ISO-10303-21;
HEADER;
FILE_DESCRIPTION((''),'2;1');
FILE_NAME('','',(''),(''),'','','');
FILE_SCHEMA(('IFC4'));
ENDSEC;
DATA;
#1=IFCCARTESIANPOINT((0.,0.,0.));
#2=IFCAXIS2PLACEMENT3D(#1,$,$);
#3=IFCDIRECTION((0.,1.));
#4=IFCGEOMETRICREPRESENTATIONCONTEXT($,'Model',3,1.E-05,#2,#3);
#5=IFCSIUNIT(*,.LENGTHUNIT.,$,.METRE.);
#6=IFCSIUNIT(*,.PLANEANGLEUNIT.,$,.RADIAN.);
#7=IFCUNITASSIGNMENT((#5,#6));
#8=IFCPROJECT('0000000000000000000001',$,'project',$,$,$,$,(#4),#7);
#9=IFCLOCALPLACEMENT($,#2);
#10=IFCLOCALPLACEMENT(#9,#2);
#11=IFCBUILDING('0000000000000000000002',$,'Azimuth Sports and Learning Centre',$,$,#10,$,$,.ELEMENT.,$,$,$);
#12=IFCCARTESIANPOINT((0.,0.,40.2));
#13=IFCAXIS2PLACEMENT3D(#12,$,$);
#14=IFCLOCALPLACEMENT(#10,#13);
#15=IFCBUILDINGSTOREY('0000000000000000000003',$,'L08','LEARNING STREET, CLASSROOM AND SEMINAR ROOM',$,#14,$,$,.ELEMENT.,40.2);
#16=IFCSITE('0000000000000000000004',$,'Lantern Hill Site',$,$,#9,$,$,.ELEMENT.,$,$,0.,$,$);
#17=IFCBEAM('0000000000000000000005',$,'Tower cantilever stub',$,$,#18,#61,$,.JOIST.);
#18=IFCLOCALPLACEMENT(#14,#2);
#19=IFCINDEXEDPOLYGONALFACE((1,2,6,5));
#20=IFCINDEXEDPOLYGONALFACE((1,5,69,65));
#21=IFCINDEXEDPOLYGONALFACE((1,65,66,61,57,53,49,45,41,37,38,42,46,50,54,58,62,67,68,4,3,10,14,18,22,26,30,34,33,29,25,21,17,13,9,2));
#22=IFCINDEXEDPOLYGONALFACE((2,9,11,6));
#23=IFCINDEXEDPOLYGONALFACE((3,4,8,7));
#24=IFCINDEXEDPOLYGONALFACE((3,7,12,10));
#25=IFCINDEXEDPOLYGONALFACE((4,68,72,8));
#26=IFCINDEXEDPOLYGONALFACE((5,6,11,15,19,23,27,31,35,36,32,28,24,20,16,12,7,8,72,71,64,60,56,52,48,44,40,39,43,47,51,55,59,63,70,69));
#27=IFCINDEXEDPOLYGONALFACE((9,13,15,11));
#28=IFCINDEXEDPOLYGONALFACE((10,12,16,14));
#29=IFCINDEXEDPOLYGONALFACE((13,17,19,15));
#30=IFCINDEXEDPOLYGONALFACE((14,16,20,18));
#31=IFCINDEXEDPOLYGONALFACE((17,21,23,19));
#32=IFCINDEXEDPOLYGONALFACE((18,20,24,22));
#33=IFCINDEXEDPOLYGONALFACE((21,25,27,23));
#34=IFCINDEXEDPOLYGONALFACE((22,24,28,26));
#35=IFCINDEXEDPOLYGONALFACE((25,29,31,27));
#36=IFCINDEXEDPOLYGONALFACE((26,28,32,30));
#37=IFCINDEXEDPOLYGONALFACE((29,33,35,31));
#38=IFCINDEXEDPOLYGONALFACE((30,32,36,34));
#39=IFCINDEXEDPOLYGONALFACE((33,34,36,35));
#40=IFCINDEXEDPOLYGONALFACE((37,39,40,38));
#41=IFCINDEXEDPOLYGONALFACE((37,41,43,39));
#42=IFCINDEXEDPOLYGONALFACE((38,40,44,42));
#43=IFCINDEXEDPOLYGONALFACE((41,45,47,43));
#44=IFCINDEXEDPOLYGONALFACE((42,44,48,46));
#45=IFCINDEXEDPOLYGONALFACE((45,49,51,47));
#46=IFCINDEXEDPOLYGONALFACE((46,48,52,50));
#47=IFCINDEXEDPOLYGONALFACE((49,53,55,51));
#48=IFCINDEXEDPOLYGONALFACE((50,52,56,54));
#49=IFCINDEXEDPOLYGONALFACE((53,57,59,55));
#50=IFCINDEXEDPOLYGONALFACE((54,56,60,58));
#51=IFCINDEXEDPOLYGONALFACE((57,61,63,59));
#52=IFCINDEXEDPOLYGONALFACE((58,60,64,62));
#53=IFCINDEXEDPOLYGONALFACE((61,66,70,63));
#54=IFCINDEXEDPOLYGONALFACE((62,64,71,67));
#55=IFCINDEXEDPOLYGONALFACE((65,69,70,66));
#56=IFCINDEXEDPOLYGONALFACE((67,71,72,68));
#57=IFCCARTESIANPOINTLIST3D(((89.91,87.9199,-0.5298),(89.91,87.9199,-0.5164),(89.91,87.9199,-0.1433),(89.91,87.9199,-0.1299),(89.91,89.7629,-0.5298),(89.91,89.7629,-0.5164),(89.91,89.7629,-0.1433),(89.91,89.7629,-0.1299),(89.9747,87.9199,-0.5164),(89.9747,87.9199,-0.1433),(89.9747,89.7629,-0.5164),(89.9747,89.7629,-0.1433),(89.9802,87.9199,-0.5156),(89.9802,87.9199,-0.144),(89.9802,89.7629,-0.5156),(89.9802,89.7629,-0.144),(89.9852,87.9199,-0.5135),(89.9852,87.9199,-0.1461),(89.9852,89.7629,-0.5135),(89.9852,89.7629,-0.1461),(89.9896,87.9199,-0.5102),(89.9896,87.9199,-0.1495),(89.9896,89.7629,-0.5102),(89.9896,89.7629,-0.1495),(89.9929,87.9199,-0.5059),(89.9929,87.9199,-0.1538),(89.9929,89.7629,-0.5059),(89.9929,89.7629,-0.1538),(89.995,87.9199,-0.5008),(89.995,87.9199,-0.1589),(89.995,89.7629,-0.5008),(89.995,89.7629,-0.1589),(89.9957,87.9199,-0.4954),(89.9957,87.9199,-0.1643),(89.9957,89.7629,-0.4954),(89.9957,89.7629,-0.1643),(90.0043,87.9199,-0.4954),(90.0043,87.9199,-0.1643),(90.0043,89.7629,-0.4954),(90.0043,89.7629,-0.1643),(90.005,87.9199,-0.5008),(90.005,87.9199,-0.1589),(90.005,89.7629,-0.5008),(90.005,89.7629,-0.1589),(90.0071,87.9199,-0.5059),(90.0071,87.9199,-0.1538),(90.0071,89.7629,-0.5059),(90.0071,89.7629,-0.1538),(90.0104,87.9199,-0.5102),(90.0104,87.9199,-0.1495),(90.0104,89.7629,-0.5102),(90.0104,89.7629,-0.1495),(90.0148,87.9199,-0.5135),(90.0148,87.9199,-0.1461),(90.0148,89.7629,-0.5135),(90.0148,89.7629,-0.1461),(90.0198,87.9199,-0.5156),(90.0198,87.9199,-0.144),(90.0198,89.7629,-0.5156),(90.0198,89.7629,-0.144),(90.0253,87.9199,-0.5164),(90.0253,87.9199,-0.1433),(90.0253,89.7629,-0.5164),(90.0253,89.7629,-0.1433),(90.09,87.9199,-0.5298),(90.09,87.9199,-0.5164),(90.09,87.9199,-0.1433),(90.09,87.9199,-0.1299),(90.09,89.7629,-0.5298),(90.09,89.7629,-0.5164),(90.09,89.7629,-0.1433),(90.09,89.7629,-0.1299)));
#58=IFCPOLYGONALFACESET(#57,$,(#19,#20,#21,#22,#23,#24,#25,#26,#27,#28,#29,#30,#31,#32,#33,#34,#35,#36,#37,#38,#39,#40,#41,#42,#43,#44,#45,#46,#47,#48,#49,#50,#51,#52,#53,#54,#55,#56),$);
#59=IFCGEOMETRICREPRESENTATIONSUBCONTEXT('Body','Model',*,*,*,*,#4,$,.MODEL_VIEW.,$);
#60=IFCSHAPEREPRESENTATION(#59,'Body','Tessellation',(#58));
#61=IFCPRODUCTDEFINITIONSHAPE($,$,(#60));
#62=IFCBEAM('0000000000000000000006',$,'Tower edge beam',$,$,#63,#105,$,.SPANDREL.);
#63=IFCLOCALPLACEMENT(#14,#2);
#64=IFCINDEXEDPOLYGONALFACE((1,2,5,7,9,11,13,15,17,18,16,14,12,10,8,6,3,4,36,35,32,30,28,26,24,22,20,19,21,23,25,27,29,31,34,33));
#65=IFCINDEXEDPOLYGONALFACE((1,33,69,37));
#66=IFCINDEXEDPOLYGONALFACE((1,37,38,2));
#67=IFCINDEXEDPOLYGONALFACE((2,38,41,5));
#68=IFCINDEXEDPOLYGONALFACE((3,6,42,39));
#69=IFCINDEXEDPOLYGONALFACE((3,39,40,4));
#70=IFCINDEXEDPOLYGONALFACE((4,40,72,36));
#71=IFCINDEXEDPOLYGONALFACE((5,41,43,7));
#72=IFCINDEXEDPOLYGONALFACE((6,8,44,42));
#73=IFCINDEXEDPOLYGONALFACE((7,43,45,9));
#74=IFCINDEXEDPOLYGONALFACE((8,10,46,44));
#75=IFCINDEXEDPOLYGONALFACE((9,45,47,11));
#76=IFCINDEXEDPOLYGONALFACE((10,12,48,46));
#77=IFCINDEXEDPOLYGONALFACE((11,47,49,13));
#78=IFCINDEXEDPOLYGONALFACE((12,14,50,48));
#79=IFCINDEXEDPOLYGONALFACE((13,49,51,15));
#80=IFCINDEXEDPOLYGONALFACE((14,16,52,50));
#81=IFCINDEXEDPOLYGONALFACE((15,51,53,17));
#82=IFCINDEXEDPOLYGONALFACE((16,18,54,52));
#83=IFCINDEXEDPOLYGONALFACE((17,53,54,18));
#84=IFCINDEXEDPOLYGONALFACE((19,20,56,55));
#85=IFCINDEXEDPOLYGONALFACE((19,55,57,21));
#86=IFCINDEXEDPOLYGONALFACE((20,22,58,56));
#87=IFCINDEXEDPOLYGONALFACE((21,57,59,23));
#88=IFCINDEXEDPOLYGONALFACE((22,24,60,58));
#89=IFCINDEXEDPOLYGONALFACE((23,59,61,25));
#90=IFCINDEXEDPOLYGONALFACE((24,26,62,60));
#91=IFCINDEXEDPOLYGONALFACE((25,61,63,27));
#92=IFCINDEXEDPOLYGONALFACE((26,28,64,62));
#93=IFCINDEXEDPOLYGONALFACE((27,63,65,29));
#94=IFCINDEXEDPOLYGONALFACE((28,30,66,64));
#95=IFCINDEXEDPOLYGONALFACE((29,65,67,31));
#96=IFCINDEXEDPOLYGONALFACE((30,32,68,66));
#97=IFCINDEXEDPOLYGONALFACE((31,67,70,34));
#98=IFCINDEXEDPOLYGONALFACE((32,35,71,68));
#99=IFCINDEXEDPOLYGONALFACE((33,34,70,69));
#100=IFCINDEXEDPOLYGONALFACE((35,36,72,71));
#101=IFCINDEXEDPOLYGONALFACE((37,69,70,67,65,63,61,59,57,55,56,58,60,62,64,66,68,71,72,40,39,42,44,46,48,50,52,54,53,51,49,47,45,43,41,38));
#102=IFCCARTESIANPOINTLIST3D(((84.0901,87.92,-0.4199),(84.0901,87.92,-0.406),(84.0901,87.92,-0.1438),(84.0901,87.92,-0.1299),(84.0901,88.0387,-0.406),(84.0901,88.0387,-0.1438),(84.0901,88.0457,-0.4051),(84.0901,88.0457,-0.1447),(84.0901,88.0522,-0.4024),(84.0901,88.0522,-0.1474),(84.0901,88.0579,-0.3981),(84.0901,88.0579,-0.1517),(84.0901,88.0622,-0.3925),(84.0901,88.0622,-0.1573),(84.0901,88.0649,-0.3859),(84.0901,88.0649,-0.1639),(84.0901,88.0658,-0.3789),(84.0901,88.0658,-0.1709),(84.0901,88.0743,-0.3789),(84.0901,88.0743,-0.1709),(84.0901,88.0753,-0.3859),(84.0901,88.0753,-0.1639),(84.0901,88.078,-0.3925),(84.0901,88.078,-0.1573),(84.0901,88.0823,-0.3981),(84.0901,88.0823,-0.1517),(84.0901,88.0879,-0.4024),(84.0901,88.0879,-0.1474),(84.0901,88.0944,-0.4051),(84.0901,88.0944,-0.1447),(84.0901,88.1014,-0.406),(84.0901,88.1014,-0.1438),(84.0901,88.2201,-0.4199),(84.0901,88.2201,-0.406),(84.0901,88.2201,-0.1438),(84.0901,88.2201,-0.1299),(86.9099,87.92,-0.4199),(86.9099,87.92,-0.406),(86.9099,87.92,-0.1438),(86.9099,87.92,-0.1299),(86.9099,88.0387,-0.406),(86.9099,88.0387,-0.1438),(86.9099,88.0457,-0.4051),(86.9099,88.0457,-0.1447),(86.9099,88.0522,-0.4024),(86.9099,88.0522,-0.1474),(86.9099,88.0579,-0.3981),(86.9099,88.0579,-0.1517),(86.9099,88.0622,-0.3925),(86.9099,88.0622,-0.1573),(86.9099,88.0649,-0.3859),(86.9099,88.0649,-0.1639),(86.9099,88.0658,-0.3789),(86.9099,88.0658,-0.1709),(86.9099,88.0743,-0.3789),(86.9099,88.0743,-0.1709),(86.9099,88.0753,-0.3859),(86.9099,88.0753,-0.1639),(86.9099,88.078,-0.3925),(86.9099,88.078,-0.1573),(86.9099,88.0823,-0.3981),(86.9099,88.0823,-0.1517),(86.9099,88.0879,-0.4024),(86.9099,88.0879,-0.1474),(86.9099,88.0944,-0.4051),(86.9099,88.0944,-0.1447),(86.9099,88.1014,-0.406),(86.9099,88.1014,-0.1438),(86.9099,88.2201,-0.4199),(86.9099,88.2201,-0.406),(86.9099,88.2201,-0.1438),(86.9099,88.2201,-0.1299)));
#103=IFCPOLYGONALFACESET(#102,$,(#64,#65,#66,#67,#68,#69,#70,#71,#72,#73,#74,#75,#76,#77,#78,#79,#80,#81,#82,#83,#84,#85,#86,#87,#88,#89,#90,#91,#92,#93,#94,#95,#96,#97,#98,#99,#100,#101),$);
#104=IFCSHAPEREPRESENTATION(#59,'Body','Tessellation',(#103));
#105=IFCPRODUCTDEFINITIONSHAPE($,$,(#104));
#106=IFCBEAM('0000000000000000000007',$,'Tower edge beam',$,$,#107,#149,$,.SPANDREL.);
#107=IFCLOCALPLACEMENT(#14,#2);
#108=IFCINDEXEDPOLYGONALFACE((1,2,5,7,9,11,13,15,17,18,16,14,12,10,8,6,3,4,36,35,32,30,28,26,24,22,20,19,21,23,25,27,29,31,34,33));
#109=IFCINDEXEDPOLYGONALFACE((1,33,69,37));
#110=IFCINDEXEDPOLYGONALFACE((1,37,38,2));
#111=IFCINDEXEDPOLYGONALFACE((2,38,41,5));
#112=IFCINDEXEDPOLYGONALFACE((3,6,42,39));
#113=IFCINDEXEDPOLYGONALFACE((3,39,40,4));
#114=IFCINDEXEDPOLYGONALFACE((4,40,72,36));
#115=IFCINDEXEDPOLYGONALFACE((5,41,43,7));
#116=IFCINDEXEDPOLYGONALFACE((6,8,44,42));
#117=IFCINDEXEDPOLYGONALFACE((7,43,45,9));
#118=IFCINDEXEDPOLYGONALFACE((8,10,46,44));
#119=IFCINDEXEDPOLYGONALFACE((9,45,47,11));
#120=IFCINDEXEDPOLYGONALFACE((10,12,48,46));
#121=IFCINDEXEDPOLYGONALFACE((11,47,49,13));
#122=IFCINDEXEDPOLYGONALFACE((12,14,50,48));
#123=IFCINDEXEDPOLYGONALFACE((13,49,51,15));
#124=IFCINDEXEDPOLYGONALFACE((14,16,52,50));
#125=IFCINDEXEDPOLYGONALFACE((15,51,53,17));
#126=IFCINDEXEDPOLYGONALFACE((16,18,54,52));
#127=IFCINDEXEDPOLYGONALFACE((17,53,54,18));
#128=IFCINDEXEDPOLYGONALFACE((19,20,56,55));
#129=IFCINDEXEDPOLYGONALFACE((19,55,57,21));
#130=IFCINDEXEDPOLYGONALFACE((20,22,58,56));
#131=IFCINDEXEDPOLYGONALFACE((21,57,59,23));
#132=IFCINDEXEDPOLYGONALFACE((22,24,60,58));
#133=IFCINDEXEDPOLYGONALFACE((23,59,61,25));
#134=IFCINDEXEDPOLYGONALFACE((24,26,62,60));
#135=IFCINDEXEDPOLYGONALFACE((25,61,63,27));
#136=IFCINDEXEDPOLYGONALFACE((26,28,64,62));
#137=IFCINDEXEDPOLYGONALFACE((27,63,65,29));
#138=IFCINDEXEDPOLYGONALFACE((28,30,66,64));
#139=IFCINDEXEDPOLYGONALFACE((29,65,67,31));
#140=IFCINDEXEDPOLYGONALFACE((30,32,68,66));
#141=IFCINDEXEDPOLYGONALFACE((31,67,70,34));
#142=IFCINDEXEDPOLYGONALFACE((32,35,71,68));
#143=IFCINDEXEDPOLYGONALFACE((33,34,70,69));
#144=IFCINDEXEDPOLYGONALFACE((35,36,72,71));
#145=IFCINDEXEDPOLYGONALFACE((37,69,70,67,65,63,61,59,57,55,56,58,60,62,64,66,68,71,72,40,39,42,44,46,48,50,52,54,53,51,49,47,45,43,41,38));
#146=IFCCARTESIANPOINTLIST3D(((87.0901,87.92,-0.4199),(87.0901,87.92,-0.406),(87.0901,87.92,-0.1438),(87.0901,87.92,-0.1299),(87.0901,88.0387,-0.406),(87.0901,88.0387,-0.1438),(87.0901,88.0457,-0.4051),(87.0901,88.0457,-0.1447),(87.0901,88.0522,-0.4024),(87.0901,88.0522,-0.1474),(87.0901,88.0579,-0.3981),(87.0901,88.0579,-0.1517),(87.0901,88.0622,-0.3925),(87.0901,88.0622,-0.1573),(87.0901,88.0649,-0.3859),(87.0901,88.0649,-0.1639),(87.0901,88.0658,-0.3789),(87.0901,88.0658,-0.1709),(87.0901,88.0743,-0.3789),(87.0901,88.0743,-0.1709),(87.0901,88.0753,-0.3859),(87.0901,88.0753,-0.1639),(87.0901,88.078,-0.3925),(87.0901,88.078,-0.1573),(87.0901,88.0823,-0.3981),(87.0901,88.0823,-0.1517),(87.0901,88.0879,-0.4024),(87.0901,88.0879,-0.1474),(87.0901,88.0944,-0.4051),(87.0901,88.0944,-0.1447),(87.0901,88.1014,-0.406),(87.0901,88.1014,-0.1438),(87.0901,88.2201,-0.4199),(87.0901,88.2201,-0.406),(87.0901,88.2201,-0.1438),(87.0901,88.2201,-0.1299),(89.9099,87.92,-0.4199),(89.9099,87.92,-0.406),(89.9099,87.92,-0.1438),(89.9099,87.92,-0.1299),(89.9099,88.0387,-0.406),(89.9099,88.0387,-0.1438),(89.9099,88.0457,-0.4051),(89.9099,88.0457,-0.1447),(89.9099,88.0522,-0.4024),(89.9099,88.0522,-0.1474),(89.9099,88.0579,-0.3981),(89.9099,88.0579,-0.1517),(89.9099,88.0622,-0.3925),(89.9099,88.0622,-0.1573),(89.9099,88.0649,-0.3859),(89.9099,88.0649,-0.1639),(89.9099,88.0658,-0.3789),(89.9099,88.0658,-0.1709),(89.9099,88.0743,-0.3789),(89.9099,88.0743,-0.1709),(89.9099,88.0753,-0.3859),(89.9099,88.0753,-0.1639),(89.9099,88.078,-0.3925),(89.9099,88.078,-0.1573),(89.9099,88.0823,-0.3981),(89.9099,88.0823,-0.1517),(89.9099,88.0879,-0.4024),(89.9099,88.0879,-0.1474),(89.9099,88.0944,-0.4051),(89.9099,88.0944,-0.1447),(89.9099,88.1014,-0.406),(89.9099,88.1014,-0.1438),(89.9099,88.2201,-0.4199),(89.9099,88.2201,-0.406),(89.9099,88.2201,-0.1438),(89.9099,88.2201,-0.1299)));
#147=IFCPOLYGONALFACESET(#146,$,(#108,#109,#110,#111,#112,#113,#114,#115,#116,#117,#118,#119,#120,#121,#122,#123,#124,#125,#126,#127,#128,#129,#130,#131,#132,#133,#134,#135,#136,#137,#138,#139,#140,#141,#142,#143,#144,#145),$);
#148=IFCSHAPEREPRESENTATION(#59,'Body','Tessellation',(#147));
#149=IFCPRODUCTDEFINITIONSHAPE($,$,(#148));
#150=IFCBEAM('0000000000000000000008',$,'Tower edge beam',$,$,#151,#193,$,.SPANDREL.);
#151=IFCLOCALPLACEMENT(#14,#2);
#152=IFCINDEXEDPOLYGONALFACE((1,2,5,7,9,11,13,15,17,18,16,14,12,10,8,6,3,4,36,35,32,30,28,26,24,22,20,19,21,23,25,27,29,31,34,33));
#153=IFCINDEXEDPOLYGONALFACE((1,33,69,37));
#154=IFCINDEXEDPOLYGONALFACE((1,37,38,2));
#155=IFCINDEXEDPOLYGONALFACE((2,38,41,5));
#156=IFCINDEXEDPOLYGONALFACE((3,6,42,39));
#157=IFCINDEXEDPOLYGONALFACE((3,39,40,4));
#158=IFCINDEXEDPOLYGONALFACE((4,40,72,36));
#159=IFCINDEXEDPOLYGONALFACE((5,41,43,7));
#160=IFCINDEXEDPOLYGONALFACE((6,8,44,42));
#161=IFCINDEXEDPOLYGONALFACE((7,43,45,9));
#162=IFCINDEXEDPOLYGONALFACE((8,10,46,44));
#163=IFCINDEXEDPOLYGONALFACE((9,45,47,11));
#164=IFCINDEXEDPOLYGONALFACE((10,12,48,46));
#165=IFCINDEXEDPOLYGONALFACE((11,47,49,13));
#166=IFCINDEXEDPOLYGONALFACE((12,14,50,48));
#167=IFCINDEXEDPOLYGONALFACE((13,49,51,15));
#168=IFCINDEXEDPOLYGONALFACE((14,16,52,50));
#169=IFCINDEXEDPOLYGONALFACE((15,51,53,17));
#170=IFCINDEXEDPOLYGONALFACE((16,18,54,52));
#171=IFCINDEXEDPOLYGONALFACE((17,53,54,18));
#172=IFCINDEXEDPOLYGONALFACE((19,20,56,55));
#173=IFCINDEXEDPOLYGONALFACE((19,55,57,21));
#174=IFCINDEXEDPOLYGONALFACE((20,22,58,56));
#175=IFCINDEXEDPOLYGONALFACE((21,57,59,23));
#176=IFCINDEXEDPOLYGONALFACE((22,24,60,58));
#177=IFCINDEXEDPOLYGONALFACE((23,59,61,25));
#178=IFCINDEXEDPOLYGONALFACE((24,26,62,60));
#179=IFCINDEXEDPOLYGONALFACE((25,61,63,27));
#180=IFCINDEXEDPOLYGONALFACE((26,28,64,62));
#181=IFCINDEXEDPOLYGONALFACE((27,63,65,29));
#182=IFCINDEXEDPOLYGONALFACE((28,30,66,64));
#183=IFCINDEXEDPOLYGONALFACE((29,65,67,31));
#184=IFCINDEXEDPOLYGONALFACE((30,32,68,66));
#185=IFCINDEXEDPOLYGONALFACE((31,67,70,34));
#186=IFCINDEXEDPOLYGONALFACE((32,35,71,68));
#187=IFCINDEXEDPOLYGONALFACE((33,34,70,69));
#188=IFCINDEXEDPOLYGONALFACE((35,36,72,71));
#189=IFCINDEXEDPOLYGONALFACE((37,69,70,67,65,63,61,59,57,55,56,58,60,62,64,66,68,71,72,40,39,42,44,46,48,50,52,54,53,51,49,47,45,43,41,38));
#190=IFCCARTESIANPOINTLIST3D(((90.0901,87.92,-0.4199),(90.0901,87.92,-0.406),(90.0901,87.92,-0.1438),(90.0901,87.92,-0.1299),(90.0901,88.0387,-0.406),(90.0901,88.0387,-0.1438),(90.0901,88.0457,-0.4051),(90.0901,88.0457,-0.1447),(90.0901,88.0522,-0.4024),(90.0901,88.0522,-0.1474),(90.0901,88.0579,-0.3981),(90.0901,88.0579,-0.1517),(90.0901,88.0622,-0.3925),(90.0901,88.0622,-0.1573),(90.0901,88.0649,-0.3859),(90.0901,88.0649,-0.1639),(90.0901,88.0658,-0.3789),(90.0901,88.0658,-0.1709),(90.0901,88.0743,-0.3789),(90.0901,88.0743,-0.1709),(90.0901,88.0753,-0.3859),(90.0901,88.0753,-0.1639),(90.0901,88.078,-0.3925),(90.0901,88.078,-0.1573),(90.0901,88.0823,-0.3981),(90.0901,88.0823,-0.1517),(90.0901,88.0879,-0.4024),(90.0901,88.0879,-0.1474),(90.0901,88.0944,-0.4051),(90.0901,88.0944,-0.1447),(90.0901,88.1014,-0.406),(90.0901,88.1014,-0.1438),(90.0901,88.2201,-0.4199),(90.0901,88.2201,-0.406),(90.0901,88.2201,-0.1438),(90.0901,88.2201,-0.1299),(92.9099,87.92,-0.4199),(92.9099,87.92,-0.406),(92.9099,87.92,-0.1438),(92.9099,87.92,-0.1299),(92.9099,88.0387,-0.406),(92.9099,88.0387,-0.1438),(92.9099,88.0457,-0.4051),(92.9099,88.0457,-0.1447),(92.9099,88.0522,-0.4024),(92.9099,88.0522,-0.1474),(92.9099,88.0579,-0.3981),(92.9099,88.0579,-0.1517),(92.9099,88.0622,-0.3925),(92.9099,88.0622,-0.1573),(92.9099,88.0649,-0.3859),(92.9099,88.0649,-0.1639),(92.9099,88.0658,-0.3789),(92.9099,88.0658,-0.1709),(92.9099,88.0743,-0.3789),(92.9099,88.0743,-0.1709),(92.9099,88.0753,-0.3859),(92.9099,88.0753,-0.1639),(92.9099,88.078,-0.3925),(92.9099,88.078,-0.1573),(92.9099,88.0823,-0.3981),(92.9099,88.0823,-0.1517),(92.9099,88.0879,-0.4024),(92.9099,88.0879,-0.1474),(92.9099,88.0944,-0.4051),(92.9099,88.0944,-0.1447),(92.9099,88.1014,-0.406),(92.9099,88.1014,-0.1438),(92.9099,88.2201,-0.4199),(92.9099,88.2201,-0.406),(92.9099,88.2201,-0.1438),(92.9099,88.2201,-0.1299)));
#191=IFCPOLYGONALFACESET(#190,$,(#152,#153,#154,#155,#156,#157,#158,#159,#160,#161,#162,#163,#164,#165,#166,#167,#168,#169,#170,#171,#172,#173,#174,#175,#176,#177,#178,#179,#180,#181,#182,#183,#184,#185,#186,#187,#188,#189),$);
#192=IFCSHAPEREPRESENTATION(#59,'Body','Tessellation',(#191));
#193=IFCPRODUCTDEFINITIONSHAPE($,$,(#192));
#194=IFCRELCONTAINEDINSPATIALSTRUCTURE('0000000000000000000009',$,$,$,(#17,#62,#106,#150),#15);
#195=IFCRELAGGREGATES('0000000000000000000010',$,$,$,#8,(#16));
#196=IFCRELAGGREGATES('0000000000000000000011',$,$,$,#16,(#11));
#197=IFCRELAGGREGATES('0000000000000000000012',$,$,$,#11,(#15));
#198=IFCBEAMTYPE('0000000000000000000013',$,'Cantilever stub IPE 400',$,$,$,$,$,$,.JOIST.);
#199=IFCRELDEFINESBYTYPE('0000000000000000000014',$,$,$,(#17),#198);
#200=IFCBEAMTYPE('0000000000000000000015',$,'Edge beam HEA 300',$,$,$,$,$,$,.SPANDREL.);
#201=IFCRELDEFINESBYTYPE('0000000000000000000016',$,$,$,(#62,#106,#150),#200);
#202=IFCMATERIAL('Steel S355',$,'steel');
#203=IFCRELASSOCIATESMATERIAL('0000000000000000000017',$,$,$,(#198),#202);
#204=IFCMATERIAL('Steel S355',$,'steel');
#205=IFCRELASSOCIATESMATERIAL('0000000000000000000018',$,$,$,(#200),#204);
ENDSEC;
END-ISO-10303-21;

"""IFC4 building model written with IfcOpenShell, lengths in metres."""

from ifc_helpers import new_model, si_unit, direction, frame, origin, origin_2d, place, context, subcontext, project, spatial, i_section, extrude, material, material_profile, profile_set, type_object, element, save


model = new_model("IFC4")

# Units and contexts
model_context = context("Model", 3, precision=1e-05, world=origin(), true_north=direction((0.0, 1.0)))
body_context = subcontext(model_context, "Body", "Model", "MODEL_VIEW")
ifc_project = project(units=[si_unit("LENGTHUNIT", "METRE"), si_unit("PLANEANGLEUNIT", "RADIAN")], contexts=[model_context])

# Site, building, storey
site_placement = place(None, origin())
site = spatial("IfcSite", under=ifc_project, at=site_placement, Name="Lantern Hill Site", CompositionType="ELEMENT", RefElevation=0.0)
building_placement = place(site_placement, origin())
building = spatial("IfcBuilding", under=site, at=building_placement, Name="Azimuth Sports and Learning Centre", CompositionType="ELEMENT")
storey_placement = place(building_placement, frame((0.0, 0.0, 40.2)))
storey = spatial("IfcBuildingStorey", under=building, at=storey_placement, Name="L08", Description="LEARNING STREET, CLASSROOM AND SEMINAR ROOM", CompositionType="ELEMENT", Elevation=40.2)

# Beams
ifc_material_1 = material(Name="Steel S355", Category="steel")
ifc_material_profile_1 = material_profile(ifc_material_1, i_section(OverallWidth=0.1799, OverallDepth=0.3999, WebThickness=0.0085, FlangeThickness=0.0134, FilletRadius=0.021, at=origin_2d()), Name="IPE 400")
ifc_profile_set_1 = profile_set([ifc_material_profile_1], Name="Steel S355")
beam_type_1 = type_object("IfcBeamType", Name="Cantilever stub IPE 400", PredefinedType="JOIST", material=ifc_profile_set_1)
beam_1_placement = place(storey_placement, frame((90.0, 89.7629, -0.3298), z_axis=(0.0, -1.0, 0.0), x_axis=(1.0, 0.0, 0.0)))
element("IfcBeam", 1, at=beam_1_placement, inside=storey, type_object=beam_type_1, Name="Tower cantilever stub", PredefinedType="JOIST", context=body_context, shape_type="SweptSolid", body=[
    extrude(i_section(OverallWidth=0.1799, OverallDepth=0.3999, WebThickness=0.0085, FlangeThickness=0.0134, FilletRadius=0.021, at=origin_2d()), origin(), (0.0, 0.0, 1.0), 1.843),
])
ifc_material_2 = material(Name="Steel S355", Category="steel")
ifc_material_profile_2 = material_profile(ifc_material_2, i_section(OverallWidth=0.3, OverallDepth=0.29, WebThickness=0.0085, FlangeThickness=0.0139, FilletRadius=0.0271, at=origin_2d()), Name="HEA 300")
ifc_profile_set_2 = profile_set([ifc_material_profile_2], Name="Steel S355")
beam_type_2 = type_object("IfcBeamType", Name="Edge beam HEA 300", PredefinedType="SPANDREL", material=ifc_profile_set_2)
for number, where, z_axis, x_axis, name in (
    (2, (84.0901, 88.0701, -0.2749), (1.0, 0.0, 0.0), (0.0, 1.0, 0.0), "Tower edge beam"),
    (3, (87.0901, 88.0701, -0.2749), (1.0, 0.0, 0.0), (0.0, 1.0, 0.0), "Tower edge beam"),
    (4, (90.0901, 88.0701, -0.2749), (1.0, 0.0, 0.0), (0.0, 1.0, 0.0), "Tower edge beam"),
):
    element("IfcBeam", number, at=place(storey_placement, frame(where, z_axis=z_axis, x_axis=x_axis)), inside=storey, type_object=beam_type_2, Name=name, PredefinedType="SPANDREL", context=body_context, shape_type="SweptSolid", body=[
        extrude(i_section(OverallWidth=0.3, OverallDepth=0.29, WebThickness=0.0085, FlangeThickness=0.0139, FilletRadius=0.0271, at=origin_2d()), origin(), (0.0, 0.0, 1.0), 2.8198),
    ])

save(model, "model.ifc")
